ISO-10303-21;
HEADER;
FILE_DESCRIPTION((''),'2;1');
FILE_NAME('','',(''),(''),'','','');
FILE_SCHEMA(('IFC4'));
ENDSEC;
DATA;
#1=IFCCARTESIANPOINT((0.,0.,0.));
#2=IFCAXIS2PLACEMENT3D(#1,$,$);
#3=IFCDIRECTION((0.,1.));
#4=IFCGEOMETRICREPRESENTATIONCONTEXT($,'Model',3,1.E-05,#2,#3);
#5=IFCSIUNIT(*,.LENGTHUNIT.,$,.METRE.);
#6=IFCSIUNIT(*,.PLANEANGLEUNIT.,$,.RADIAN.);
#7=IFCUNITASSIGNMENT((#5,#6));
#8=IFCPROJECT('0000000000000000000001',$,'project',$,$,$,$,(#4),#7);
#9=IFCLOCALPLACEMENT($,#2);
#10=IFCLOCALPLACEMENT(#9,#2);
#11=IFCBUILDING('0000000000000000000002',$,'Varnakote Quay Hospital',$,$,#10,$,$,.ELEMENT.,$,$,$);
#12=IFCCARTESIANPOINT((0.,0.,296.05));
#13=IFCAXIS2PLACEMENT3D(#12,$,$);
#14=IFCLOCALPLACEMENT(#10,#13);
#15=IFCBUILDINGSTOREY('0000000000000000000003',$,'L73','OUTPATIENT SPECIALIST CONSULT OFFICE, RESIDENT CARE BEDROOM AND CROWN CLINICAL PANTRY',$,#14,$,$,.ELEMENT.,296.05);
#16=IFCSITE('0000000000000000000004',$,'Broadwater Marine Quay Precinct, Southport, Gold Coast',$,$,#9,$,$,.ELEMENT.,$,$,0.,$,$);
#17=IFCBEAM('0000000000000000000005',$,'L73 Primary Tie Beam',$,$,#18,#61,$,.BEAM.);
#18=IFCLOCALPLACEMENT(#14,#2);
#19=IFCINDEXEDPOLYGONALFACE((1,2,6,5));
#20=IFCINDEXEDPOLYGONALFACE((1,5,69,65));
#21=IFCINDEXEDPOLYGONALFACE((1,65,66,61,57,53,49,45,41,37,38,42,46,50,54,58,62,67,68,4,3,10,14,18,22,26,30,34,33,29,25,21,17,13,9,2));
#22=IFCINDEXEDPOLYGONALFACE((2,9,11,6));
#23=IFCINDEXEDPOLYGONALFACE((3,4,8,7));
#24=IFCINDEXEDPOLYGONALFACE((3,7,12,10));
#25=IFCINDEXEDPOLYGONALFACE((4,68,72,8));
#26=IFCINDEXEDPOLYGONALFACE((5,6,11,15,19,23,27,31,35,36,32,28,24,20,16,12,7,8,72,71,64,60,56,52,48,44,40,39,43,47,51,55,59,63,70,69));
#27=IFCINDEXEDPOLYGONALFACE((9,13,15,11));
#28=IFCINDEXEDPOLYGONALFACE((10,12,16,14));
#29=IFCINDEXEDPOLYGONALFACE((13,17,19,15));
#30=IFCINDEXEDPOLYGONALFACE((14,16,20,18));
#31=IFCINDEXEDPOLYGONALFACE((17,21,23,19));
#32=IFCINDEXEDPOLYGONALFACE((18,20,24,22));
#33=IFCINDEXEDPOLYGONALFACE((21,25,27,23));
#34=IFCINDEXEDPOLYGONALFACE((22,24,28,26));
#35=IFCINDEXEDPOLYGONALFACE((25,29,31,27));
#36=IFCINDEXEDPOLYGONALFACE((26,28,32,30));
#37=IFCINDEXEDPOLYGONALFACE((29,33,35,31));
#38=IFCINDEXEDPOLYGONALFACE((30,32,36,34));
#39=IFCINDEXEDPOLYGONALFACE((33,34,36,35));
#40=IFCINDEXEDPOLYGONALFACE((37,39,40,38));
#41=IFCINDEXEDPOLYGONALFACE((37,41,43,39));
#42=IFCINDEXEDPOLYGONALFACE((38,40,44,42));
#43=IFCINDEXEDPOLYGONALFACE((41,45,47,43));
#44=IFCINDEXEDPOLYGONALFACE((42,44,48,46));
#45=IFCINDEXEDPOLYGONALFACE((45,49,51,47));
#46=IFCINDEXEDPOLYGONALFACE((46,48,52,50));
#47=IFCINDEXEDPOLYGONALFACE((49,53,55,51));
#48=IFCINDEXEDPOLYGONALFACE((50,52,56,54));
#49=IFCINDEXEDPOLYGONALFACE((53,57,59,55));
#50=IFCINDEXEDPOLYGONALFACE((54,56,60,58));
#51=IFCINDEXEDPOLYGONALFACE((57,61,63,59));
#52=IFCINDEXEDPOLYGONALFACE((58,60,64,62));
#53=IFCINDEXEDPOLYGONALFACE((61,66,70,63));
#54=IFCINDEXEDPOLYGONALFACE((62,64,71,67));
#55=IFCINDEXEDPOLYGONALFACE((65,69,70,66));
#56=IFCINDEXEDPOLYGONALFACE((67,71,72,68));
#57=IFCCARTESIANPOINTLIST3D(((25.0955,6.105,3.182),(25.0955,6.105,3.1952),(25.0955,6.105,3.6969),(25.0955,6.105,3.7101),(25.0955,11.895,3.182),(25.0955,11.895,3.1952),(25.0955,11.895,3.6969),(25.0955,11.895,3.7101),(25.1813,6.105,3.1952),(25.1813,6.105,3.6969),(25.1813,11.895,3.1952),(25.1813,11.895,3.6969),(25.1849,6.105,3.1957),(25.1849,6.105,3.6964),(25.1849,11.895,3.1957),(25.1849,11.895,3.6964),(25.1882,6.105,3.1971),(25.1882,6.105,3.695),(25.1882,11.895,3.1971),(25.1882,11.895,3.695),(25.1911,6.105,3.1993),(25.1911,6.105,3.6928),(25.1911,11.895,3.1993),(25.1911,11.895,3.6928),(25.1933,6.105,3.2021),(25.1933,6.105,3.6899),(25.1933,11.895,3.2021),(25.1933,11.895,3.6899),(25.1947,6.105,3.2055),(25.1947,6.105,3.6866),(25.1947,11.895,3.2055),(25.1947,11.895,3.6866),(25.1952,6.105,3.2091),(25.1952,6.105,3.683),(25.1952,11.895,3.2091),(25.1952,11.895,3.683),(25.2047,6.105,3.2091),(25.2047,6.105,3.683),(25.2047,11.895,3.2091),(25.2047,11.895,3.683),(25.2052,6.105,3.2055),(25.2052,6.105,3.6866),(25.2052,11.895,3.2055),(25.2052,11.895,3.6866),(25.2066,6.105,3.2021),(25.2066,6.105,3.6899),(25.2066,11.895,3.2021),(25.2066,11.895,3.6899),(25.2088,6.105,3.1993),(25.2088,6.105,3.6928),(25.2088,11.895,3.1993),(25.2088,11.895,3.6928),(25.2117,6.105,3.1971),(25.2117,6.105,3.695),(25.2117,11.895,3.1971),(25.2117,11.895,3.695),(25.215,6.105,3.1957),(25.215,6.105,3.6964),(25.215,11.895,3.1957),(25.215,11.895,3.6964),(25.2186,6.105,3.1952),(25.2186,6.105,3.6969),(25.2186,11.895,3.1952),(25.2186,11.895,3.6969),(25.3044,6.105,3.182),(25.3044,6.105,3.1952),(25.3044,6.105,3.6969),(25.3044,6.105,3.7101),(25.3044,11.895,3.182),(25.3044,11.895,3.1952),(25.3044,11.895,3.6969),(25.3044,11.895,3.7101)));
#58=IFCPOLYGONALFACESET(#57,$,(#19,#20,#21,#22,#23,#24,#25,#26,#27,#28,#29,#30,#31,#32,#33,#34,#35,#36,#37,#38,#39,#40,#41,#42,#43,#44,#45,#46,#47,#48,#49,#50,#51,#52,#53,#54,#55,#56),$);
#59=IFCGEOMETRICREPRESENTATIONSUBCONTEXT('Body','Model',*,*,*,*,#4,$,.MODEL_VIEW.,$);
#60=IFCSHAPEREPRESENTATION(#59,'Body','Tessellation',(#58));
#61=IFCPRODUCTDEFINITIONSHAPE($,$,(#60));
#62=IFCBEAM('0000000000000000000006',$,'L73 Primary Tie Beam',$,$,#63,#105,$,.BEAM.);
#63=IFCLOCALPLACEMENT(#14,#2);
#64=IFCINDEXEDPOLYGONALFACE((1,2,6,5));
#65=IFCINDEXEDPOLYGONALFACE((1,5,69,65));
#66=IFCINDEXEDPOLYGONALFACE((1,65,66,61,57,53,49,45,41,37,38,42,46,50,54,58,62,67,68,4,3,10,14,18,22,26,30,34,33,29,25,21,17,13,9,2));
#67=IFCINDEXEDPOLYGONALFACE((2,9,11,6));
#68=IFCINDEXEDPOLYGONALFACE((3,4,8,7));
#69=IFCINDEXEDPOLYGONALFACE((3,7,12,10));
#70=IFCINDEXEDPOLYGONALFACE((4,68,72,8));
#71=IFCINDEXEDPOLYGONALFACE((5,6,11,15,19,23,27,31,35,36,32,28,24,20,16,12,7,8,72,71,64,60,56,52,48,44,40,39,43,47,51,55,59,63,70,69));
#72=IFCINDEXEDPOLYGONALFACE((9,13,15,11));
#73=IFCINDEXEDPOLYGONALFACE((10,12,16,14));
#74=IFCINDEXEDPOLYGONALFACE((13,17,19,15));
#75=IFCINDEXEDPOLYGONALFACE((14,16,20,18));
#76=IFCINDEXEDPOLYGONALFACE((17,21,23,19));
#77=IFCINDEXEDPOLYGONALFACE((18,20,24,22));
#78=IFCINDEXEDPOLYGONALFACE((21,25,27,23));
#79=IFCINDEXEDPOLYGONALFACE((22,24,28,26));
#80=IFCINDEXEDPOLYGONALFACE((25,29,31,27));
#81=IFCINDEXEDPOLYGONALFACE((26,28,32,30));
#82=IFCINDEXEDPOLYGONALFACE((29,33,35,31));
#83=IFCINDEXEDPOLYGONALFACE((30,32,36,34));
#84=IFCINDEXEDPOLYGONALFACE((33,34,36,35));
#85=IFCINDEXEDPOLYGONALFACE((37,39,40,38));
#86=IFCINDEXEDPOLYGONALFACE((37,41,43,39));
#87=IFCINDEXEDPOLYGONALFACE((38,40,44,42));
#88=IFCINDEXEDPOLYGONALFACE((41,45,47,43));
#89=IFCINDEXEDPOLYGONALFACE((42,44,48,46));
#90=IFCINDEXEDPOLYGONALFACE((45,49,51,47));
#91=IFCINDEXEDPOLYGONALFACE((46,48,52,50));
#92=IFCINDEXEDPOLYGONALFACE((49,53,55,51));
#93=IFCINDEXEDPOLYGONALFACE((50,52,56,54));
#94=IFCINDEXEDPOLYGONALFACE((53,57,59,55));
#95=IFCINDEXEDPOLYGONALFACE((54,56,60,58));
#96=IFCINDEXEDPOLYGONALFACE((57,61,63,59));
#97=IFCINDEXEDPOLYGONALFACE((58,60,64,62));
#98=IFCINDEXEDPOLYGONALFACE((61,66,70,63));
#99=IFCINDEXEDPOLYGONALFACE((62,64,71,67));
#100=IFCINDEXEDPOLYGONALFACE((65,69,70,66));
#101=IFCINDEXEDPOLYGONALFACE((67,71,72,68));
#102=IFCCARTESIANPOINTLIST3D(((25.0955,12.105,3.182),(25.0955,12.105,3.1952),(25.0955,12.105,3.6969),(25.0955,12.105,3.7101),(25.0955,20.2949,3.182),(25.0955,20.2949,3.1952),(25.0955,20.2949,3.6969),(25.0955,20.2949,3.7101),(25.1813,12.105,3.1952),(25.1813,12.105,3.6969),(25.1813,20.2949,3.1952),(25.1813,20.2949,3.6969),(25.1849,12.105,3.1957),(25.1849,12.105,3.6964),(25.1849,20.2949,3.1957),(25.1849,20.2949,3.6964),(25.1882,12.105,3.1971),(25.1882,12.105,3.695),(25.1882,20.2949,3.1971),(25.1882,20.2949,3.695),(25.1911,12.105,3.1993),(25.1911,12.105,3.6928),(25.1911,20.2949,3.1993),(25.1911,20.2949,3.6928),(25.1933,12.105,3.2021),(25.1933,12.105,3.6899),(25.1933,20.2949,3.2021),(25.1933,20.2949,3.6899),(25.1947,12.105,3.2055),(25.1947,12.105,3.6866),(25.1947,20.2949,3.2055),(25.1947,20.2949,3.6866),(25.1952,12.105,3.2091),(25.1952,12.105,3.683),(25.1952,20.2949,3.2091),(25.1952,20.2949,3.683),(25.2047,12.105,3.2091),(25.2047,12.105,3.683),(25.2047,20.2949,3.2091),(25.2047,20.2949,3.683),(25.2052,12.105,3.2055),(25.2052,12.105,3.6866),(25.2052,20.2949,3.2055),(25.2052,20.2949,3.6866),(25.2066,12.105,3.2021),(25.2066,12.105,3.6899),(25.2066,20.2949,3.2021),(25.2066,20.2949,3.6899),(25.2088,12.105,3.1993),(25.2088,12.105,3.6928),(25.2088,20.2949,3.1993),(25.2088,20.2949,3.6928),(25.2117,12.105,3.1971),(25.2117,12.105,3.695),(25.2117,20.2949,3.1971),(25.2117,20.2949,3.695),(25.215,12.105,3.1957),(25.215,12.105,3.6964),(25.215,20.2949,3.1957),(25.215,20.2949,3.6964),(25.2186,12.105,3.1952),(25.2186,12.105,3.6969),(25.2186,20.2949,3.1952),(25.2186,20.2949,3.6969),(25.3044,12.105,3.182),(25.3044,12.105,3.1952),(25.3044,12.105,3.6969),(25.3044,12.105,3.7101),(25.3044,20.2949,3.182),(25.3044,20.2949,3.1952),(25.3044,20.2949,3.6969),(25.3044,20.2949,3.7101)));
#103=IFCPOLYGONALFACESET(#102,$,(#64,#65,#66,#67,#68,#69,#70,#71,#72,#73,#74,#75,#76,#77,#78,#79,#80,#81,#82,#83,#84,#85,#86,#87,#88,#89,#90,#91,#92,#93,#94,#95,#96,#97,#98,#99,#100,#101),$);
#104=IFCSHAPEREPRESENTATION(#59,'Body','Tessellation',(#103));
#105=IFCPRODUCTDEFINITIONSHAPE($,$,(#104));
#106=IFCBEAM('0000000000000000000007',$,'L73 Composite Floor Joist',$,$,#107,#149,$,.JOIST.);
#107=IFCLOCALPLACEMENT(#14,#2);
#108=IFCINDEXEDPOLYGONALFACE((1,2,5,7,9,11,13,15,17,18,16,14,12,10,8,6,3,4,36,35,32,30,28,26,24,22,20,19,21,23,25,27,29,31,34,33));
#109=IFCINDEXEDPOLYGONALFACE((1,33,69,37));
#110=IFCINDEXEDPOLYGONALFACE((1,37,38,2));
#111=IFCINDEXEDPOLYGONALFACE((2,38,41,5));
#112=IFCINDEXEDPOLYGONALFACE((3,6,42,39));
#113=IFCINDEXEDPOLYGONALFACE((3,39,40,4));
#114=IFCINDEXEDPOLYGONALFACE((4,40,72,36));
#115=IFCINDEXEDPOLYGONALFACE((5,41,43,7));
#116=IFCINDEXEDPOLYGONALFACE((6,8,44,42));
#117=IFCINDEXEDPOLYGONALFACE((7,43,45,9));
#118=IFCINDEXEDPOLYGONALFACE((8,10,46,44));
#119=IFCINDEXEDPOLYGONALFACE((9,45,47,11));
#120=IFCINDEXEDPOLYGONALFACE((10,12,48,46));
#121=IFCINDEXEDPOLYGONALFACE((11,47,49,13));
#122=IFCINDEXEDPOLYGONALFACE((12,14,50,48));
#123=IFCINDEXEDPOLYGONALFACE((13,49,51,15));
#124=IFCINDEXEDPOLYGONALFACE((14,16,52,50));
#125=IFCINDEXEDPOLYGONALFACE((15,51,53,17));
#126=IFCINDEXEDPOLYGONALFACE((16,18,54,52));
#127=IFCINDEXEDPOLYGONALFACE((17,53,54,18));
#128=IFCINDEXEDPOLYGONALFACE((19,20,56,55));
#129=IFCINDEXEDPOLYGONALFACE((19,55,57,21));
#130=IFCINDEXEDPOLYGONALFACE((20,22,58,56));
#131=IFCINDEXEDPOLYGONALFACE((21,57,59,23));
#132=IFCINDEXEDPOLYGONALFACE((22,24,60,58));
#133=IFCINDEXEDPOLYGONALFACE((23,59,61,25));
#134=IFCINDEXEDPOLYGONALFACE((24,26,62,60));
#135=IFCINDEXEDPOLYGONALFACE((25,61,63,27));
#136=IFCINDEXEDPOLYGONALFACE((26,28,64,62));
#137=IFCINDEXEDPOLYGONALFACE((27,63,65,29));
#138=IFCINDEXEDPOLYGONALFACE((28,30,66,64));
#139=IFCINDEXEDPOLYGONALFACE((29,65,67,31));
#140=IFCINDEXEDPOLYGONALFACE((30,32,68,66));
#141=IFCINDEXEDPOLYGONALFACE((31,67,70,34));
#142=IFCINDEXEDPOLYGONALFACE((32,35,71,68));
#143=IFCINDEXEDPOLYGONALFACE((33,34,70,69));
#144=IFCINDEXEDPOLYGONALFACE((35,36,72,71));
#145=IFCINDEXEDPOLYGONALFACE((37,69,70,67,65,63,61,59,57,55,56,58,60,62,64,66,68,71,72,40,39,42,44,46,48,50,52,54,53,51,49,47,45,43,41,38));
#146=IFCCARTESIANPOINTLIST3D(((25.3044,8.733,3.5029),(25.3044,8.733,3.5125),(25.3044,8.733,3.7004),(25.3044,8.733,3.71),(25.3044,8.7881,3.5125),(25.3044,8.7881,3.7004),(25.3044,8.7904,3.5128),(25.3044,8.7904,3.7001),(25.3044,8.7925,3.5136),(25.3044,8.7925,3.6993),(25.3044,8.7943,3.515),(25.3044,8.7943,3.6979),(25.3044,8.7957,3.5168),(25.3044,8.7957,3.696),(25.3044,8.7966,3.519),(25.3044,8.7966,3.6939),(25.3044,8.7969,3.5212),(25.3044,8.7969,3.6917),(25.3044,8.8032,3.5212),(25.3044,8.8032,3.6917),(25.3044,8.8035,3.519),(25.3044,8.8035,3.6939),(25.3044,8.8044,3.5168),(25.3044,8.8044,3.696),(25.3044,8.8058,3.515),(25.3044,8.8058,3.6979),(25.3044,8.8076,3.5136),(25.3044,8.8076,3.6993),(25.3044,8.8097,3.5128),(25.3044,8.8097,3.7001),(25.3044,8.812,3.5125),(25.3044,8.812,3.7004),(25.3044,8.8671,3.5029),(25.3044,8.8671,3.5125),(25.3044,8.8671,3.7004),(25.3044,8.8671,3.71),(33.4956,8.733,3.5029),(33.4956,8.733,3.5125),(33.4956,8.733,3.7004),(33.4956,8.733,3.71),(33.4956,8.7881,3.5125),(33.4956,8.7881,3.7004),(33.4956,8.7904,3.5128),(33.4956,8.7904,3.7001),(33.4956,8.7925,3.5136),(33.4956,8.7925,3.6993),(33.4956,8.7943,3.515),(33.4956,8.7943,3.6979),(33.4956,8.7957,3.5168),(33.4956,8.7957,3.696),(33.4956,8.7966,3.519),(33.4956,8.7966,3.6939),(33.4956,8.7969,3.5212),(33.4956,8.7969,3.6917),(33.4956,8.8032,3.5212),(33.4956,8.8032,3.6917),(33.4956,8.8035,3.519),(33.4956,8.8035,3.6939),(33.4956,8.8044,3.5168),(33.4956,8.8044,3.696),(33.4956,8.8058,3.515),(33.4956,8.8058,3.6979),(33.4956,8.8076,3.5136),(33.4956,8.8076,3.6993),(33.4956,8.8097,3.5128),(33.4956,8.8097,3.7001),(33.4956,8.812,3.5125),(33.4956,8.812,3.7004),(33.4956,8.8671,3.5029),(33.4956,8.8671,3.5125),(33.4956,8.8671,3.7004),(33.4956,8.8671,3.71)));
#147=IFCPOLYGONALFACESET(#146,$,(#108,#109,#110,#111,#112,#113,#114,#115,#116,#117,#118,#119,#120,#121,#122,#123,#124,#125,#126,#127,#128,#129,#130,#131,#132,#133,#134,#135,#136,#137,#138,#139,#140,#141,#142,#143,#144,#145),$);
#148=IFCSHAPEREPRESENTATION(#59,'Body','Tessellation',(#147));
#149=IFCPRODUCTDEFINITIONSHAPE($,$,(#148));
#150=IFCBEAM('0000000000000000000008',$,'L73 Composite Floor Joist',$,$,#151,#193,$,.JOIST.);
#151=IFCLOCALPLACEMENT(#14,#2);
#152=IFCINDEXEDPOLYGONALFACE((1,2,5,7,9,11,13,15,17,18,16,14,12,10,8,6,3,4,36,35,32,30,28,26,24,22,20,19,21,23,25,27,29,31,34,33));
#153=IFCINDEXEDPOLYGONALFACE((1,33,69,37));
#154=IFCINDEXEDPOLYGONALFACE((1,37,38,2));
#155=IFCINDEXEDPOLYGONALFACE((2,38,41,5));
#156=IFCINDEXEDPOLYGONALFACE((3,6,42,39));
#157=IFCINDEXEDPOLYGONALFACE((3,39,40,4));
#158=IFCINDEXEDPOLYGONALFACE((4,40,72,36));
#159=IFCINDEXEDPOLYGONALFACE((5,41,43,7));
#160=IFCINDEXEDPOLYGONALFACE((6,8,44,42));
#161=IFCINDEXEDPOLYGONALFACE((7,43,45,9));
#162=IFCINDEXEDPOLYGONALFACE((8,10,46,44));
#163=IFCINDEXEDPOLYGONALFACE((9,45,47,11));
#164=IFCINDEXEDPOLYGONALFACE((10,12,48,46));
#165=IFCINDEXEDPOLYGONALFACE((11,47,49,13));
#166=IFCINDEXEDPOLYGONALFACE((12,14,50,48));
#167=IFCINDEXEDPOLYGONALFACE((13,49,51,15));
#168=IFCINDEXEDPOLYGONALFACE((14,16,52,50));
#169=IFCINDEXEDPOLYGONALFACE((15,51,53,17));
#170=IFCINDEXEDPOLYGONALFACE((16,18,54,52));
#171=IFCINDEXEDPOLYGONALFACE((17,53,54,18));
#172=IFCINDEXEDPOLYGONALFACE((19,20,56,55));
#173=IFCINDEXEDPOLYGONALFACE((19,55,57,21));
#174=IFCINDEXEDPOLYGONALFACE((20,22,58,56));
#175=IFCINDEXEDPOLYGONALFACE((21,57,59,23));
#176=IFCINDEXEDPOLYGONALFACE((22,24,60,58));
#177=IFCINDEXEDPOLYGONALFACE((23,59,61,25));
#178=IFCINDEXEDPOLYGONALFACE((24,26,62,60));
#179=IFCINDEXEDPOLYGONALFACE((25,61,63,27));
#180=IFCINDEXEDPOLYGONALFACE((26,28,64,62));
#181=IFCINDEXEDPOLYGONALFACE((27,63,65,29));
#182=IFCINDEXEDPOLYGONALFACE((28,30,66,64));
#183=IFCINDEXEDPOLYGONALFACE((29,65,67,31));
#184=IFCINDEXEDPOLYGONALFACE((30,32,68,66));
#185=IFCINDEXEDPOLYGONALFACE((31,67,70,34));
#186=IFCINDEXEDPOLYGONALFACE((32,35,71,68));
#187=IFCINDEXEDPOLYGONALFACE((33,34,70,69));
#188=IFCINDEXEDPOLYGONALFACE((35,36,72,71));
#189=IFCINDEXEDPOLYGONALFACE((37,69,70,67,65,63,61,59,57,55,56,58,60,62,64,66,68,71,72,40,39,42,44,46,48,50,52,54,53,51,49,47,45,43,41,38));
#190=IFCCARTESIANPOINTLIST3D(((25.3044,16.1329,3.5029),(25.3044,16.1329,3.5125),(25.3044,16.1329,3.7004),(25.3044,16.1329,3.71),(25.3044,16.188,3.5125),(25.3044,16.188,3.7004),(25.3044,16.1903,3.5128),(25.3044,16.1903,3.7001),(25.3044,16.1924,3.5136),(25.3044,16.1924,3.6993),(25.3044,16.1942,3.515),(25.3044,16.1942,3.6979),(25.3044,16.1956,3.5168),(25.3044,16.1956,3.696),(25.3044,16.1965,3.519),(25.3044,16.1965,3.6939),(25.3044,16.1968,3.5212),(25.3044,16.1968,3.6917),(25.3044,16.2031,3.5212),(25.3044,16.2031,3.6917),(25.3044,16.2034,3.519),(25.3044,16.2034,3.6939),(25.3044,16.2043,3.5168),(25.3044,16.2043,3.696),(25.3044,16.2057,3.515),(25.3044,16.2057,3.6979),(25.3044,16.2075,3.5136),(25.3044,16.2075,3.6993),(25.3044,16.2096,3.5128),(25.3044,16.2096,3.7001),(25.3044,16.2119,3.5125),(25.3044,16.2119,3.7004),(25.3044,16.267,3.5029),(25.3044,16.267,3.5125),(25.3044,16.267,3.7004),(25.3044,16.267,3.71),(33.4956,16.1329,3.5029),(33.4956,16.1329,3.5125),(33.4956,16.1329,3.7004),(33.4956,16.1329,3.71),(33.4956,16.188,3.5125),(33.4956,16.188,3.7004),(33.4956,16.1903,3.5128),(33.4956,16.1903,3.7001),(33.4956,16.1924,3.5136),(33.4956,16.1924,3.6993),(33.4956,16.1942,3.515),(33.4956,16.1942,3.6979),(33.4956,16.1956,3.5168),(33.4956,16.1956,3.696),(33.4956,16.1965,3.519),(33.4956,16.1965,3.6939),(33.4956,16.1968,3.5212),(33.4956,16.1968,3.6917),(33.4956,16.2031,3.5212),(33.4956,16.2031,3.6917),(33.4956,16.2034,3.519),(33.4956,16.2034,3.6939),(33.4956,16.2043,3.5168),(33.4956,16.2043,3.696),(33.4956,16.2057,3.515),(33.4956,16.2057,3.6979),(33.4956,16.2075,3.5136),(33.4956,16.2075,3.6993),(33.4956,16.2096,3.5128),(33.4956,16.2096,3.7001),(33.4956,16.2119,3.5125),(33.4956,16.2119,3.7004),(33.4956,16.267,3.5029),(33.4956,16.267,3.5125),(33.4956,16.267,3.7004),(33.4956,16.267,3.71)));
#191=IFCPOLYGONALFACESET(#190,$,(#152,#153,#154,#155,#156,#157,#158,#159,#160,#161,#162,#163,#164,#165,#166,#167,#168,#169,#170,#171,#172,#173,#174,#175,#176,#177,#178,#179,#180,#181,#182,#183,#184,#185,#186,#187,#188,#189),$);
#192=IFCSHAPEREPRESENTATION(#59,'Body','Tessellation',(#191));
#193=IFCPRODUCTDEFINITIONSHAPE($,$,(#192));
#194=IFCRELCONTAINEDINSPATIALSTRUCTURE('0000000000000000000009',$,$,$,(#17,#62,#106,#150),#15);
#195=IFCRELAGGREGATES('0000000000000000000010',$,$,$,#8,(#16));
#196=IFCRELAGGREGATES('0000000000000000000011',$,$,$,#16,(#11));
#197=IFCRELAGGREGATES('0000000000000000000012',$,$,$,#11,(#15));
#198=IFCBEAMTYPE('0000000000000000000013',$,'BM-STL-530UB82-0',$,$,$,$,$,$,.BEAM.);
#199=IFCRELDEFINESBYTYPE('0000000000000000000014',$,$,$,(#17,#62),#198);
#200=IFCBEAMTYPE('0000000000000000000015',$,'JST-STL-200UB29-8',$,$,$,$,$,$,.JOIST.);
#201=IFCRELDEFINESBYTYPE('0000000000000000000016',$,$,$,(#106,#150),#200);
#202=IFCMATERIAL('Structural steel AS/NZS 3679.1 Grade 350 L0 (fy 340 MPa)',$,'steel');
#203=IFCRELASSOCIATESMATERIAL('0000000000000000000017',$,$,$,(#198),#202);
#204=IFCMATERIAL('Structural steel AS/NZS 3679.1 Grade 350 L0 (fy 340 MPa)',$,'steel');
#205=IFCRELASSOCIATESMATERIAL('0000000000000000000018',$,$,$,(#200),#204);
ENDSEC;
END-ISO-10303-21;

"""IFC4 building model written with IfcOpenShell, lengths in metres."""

from ifc_helpers import new_model, si_unit, direction, frame, origin, origin_2d, place, context, subcontext, project, spatial, i_section, extrude, material, material_profile, profile_set, type_object, element, save


model = new_model("IFC4")

# Units and contexts
model_context = context("Model", 3, precision=1e-05, world=origin(), true_north=direction((0.0, 1.0)))
body_context = subcontext(model_context, "Body", "Model", "MODEL_VIEW")
ifc_project = project(units=[si_unit("LENGTHUNIT", "METRE"), si_unit("PLANEANGLEUNIT", "RADIAN")], contexts=[model_context])

# Site, building, storey
site_placement = place(None, origin())
site = spatial("IfcSite", under=ifc_project, at=site_placement, Name="Broadwater Marine Quay Precinct, Southport, Gold Coast", CompositionType="ELEMENT", RefElevation=0.0)
building_placement = place(site_placement, origin())
building = spatial("IfcBuilding", under=site, at=building_placement, Name="Varnakote Quay Hospital", CompositionType="ELEMENT")
storey_placement = place(building_placement, frame((0.0, 0.0, 296.05)))
storey = spatial("IfcBuildingStorey", under=building, at=storey_placement, Name="L73", Description="OUTPATIENT SPECIALIST CONSULT OFFICE, RESIDENT CARE BEDROOM AND CROWN CLINICAL PANTRY", CompositionType="ELEMENT", Elevation=296.05)

# Beams
ifc_material_1 = material(Name="Structural steel AS/NZS 3679.1 Grade 350 L0 (fy 340 MPa)", Category="steel")
ifc_material_profile_1 = material_profile(ifc_material_1, i_section(OverallWidth=0.209, OverallDepth=0.5281, WebThickness=0.0095, FlangeThickness=0.0132, FilletRadius=0.0139, at=origin_2d()), Name="530UB82.0")
ifc_profile_set_1 = profile_set([ifc_material_profile_1], Name="Structural steel AS/NZS 3679.1 Grade 350 L0 (fy 340 MPa)")
beam_type_1 = type_object("IfcBeamType", Name="BM-STL-530UB82-0", PredefinedType="BEAM", material=ifc_profile_set_1)
beam_1_placement = place(storey_placement, frame((25.2, 6.105, 3.446), z_axis=(0.0, 1.0, 0.0), x_axis=(-1.0, 0.0, 0.0)))
element("IfcBeam", 1, at=beam_1_placement, inside=storey, type_object=beam_type_1, Name="L73 Primary Tie Beam", PredefinedType="BEAM", context=body_context, shape_type="SweptSolid", body=[
    extrude(i_section(OverallWidth=0.209, OverallDepth=0.5281, WebThickness=0.0095, FlangeThickness=0.0132, FilletRadius=0.0139, at=origin_2d()), origin(), (0.0, 0.0, 1.0), 5.79),
])
beam_2_placement = place(storey_placement, frame((25.2, 12.105, 3.446), z_axis=(0.0, 1.0, 0.0), x_axis=(-1.0, 0.0, 0.0)))
element("IfcBeam", 2, at=beam_2_placement, inside=storey, type_object=beam_type_1, Name="L73 Primary Tie Beam", PredefinedType="BEAM", context=body_context, shape_type="SweptSolid", body=[
    extrude(i_section(OverallWidth=0.209, OverallDepth=0.5281, WebThickness=0.0095, FlangeThickness=0.0132, FilletRadius=0.0139, at=origin_2d()), origin(), (0.0, 0.0, 1.0), 8.1899),
])
ifc_material_2 = material(Name="Structural steel AS/NZS 3679.1 Grade 350 L0 (fy 340 MPa)", Category="steel")
ifc_material_profile_2 = material_profile(ifc_material_2, i_section(OverallWidth=0.134, OverallDepth=0.207, WebThickness=0.0063, FlangeThickness=0.0095, FilletRadius=0.0088, at=origin_2d()), Name="200UB29.8")
ifc_profile_set_2 = profile_set([ifc_material_profile_2], Name="Structural steel AS/NZS 3679.1 Grade 350 L0 (fy 340 MPa)")
beam_type_2 = type_object("IfcBeamType", Name="JST-STL-200UB29-8", PredefinedType="JOIST", material=ifc_profile_set_2)
for number, where, z_axis, x_axis, name in (
    (3, (25.3044, 8.8, 3.6064), (1.0, 0.0, 0.0), (0.0, 1.0, 0.0), "L73 Composite Floor Joist"),
    (4, (25.3044, 16.2, 3.6064), (1.0, 0.0, 0.0), (0.0, 1.0, 0.0), "L73 Composite Floor Joist"),
):
    element("IfcBeam", number, at=place(storey_placement, frame(where, z_axis=z_axis, x_axis=x_axis)), inside=storey, type_object=beam_type_2, Name=name, PredefinedType="JOIST", context=body_context, shape_type="SweptSolid", body=[
        extrude(i_section(OverallWidth=0.134, OverallDepth=0.207, WebThickness=0.0063, FlangeThickness=0.0095, FilletRadius=0.0088, at=origin_2d()), origin(), (0.0, 0.0, 1.0), 8.1912),
    ])

save(model, "model.ifc")
